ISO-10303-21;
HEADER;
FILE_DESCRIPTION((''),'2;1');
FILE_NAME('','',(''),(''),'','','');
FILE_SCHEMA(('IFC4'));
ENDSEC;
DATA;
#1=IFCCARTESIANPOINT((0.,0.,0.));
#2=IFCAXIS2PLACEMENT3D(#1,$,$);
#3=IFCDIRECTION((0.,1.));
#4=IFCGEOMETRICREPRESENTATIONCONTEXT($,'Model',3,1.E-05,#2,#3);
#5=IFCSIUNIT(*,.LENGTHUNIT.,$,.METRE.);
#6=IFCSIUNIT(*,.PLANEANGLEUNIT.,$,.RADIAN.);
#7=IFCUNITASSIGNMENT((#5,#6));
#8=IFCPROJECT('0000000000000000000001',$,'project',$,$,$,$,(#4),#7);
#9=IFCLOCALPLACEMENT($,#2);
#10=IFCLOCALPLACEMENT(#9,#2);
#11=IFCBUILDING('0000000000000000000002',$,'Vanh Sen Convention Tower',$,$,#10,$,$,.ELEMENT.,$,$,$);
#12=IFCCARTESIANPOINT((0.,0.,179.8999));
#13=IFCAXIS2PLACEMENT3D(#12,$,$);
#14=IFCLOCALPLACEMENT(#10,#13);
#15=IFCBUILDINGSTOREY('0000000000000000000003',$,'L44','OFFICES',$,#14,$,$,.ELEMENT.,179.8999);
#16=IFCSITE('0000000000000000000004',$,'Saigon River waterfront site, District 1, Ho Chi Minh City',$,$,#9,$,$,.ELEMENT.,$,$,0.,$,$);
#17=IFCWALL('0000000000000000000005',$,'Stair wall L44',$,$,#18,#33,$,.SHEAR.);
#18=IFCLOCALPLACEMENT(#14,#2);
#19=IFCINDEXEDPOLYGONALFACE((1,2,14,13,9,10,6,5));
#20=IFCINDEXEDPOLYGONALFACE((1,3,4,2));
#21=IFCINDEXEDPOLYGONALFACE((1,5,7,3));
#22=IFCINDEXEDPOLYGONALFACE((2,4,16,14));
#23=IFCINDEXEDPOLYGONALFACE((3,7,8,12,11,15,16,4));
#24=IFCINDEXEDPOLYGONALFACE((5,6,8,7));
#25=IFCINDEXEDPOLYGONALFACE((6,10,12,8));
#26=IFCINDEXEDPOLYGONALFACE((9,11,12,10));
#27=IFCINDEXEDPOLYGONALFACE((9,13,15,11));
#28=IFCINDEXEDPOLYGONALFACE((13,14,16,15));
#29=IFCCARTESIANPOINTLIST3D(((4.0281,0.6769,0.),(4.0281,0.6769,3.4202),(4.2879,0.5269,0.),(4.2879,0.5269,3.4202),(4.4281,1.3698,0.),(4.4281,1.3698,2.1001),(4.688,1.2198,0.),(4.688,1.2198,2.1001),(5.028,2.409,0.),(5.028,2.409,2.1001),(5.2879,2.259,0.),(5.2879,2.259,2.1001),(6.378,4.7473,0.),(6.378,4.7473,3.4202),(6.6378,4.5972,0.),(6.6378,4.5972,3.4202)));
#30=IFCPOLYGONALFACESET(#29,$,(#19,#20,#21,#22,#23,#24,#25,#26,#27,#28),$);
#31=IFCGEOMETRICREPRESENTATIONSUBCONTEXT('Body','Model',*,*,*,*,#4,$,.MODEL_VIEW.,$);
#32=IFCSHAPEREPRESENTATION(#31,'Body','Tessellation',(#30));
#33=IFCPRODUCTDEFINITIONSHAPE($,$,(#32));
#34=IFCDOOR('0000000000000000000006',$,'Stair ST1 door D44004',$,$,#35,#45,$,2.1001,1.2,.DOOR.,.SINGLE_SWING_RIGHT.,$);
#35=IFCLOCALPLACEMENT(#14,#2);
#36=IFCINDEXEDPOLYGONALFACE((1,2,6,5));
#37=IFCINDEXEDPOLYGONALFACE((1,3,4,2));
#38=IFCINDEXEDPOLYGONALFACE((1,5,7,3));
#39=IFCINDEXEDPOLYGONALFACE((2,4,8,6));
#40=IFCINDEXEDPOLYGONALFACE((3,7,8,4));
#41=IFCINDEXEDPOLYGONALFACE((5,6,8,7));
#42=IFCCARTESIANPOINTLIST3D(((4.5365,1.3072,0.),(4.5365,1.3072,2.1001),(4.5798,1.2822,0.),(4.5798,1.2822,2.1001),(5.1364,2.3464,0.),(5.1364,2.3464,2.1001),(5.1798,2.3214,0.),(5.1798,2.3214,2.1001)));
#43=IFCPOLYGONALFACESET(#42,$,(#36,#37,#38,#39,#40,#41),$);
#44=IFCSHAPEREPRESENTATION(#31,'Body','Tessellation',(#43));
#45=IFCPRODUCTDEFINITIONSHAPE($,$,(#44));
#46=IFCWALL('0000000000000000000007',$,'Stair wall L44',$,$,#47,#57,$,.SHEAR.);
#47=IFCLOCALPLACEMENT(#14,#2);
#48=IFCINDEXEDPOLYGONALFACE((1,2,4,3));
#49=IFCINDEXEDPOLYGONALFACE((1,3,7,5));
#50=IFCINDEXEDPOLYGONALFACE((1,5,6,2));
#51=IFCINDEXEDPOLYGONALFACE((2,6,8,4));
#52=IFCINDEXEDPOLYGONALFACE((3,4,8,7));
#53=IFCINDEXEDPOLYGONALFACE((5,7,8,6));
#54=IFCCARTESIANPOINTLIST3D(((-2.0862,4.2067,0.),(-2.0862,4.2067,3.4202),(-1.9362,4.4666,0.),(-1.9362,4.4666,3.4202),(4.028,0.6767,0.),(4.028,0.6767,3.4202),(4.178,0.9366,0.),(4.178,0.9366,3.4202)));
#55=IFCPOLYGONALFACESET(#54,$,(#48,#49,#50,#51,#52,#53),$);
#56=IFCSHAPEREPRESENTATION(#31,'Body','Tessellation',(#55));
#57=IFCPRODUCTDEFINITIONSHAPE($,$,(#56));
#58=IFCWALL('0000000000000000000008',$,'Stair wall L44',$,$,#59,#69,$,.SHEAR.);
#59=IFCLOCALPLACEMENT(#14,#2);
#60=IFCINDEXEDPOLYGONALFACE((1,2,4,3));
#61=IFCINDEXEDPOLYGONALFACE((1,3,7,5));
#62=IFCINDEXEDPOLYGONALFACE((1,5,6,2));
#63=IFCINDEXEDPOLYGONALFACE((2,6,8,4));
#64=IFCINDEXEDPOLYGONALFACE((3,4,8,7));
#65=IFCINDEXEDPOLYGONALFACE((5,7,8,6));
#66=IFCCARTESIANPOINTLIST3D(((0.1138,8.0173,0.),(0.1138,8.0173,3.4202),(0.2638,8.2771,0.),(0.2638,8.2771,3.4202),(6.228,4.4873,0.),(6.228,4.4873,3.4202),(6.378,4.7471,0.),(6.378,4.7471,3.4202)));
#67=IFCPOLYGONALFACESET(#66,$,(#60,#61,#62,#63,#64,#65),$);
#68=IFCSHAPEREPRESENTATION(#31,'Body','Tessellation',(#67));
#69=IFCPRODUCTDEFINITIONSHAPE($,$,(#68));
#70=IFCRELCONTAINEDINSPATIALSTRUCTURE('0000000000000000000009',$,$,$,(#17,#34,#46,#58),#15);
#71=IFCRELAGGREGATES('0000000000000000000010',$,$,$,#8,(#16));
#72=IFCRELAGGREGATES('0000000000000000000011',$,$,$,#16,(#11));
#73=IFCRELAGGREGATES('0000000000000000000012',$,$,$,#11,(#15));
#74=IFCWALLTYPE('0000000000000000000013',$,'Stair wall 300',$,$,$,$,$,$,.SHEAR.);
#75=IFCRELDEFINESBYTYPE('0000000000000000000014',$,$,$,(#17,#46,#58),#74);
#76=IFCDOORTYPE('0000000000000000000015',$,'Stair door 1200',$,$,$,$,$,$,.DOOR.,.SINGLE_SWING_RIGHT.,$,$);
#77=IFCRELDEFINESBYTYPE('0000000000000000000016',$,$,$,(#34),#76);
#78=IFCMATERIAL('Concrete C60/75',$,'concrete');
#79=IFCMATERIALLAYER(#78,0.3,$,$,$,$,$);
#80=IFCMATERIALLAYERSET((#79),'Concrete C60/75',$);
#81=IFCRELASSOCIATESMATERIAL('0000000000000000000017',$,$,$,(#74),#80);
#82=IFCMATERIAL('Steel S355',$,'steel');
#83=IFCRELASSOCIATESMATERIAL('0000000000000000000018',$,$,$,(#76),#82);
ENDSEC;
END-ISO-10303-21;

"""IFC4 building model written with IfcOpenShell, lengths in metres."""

from ifc_helpers import new_model, si_unit, direction, frame, frame_2d, origin, place, context, subcontext, project, spatial, rectangle, extrude, material, layer, layer_set, type_object, element, fill, save


model = new_model("IFC4")

# Units and contexts
model_context = context("Model", 3, precision=1e-05, world=origin(), true_north=direction((0.0, 1.0)))
body_context = subcontext(model_context, "Body", "Model", "MODEL_VIEW")
ifc_project = project(units=[si_unit("LENGTHUNIT", "METRE"), si_unit("PLANEANGLEUNIT", "RADIAN")], contexts=[model_context])

# Site, building, storey
site_placement = place(None, origin())
site = spatial("IfcSite", under=ifc_project, at=site_placement, Name="Saigon River waterfront site, District 1, Ho Chi Minh City", CompositionType="ELEMENT", RefElevation=0.0)
building_placement = place(site_placement, origin())
building = spatial("IfcBuilding", under=site, at=building_placement, Name="Vanh Sen Convention Tower", CompositionType="ELEMENT")
storey_placement = place(building_placement, frame((0.0, 0.0, 179.8999)))
storey = spatial("IfcBuildingStorey", under=building, at=storey_placement, Name="L44", Description="OFFICES", CompositionType="ELEMENT", Elevation=179.8999)

# Shared definitions
ifc_material_1 = material(Name="Steel S355", Category="steel")

# Shared definitions
ifc_material_2 = material(Name="Concrete C60/75", Category="concrete")

# Wall, opening, door
ifc_layer_1 = layer(ifc_material_2, 0.3)
ifc_layer_set_1 = layer_set([ifc_layer_1], Name="Concrete C60/75")
wall_type_1 = type_object("IfcWallType", Name="Stair wall 300", PredefinedType="SHEAR", material=ifc_layer_set_1)
wall_1_placement = place(storey_placement, frame((4.158, 0.6018, 0.0), z_axis=(0.0, 0.0, 1.0), x_axis=(0.499977, 0.866039, 0.0)))
wall_1 = element("IfcWall", 1, at=wall_1_placement, inside=storey, type_object=wall_type_1, Name="Stair wall L44", PredefinedType="SHEAR", context=body_context, shape_type="SweptSolid", body=[
    extrude(rectangle(XDim=4.7, YDim=0.3, at=frame_2d((2.3501, 0.0))), origin(), (0.0, 0.0, 1.0), 3.4202),
])
opening_1_placement = place(wall_1_placement, frame((0.8, 0.0, 0.0)))
opening_1 = element("IfcOpeningElement", 2, at=opening_1_placement, cuts=wall_1, PredefinedType="OPENING", context=body_context, shape_type="SweptSolid", body=[
    extrude(rectangle(XDim=1.2, YDim=2.1001, at=frame_2d((0.6001, 1.05))), frame((0.0, 0.1599, 0.0), z_axis=(0.0, -1.0, 0.0), x_axis=(1.0, 0.0, 0.0)), (0.0, 0.0, 1.0), 0.3201),
])
door_type_1 = type_object("IfcDoorType", Name="Stair door 1200", OperationType="SINGLE_SWING_RIGHT", PredefinedType="DOOR", material=ifc_material_1)
door_1_placement = place(opening_1_placement, origin())
door_1 = element("IfcDoor", 3, at=door_1_placement, inside=storey, type_object=door_type_1, Name="Stair ST1 door D44004", OperationType="SINGLE_SWING_RIGHT", OverallHeight=2.1001, OverallWidth=1.2, PredefinedType="DOOR", context=body_context, shape_type="SweptSolid", body=[
    extrude(rectangle(XDim=1.2, YDim=2.1001, at=frame_2d((0.6001, 1.05))), frame((0.0, 0.0249, 0.0), z_axis=(0.0, -1.0, 0.0), x_axis=(1.0, 0.0, 0.0)), (0.0, 0.0, 1.0), 0.05),
])
fill(opening_1, door_1)

# Walls
for number, where, z_axis, x_axis, name in (
    (4, (4.103, 0.8066, 0.0), (0.0, 0.0, 1.0), (-0.866028, 0.499996, 0.0), "Stair wall L44"),
    (5, (6.303, 4.6172, 0.0), (0.0, 0.0, 1.0), (-0.866028, 0.499996, 0.0), "Stair wall L44"),
):
    element("IfcWall", number, at=place(storey_placement, frame(where, z_axis=z_axis, x_axis=x_axis)), inside=storey, type_object=wall_type_1, Name=name, PredefinedType="SHEAR", context=body_context, shape_type="SweptSolid", body=[
        extrude(rectangle(XDim=7.0601, YDim=0.3, at=frame_2d((3.53, 0.0))), origin(), (0.0, 0.0, 1.0), 3.4202),
    ])

save(model, "model.ifc")
